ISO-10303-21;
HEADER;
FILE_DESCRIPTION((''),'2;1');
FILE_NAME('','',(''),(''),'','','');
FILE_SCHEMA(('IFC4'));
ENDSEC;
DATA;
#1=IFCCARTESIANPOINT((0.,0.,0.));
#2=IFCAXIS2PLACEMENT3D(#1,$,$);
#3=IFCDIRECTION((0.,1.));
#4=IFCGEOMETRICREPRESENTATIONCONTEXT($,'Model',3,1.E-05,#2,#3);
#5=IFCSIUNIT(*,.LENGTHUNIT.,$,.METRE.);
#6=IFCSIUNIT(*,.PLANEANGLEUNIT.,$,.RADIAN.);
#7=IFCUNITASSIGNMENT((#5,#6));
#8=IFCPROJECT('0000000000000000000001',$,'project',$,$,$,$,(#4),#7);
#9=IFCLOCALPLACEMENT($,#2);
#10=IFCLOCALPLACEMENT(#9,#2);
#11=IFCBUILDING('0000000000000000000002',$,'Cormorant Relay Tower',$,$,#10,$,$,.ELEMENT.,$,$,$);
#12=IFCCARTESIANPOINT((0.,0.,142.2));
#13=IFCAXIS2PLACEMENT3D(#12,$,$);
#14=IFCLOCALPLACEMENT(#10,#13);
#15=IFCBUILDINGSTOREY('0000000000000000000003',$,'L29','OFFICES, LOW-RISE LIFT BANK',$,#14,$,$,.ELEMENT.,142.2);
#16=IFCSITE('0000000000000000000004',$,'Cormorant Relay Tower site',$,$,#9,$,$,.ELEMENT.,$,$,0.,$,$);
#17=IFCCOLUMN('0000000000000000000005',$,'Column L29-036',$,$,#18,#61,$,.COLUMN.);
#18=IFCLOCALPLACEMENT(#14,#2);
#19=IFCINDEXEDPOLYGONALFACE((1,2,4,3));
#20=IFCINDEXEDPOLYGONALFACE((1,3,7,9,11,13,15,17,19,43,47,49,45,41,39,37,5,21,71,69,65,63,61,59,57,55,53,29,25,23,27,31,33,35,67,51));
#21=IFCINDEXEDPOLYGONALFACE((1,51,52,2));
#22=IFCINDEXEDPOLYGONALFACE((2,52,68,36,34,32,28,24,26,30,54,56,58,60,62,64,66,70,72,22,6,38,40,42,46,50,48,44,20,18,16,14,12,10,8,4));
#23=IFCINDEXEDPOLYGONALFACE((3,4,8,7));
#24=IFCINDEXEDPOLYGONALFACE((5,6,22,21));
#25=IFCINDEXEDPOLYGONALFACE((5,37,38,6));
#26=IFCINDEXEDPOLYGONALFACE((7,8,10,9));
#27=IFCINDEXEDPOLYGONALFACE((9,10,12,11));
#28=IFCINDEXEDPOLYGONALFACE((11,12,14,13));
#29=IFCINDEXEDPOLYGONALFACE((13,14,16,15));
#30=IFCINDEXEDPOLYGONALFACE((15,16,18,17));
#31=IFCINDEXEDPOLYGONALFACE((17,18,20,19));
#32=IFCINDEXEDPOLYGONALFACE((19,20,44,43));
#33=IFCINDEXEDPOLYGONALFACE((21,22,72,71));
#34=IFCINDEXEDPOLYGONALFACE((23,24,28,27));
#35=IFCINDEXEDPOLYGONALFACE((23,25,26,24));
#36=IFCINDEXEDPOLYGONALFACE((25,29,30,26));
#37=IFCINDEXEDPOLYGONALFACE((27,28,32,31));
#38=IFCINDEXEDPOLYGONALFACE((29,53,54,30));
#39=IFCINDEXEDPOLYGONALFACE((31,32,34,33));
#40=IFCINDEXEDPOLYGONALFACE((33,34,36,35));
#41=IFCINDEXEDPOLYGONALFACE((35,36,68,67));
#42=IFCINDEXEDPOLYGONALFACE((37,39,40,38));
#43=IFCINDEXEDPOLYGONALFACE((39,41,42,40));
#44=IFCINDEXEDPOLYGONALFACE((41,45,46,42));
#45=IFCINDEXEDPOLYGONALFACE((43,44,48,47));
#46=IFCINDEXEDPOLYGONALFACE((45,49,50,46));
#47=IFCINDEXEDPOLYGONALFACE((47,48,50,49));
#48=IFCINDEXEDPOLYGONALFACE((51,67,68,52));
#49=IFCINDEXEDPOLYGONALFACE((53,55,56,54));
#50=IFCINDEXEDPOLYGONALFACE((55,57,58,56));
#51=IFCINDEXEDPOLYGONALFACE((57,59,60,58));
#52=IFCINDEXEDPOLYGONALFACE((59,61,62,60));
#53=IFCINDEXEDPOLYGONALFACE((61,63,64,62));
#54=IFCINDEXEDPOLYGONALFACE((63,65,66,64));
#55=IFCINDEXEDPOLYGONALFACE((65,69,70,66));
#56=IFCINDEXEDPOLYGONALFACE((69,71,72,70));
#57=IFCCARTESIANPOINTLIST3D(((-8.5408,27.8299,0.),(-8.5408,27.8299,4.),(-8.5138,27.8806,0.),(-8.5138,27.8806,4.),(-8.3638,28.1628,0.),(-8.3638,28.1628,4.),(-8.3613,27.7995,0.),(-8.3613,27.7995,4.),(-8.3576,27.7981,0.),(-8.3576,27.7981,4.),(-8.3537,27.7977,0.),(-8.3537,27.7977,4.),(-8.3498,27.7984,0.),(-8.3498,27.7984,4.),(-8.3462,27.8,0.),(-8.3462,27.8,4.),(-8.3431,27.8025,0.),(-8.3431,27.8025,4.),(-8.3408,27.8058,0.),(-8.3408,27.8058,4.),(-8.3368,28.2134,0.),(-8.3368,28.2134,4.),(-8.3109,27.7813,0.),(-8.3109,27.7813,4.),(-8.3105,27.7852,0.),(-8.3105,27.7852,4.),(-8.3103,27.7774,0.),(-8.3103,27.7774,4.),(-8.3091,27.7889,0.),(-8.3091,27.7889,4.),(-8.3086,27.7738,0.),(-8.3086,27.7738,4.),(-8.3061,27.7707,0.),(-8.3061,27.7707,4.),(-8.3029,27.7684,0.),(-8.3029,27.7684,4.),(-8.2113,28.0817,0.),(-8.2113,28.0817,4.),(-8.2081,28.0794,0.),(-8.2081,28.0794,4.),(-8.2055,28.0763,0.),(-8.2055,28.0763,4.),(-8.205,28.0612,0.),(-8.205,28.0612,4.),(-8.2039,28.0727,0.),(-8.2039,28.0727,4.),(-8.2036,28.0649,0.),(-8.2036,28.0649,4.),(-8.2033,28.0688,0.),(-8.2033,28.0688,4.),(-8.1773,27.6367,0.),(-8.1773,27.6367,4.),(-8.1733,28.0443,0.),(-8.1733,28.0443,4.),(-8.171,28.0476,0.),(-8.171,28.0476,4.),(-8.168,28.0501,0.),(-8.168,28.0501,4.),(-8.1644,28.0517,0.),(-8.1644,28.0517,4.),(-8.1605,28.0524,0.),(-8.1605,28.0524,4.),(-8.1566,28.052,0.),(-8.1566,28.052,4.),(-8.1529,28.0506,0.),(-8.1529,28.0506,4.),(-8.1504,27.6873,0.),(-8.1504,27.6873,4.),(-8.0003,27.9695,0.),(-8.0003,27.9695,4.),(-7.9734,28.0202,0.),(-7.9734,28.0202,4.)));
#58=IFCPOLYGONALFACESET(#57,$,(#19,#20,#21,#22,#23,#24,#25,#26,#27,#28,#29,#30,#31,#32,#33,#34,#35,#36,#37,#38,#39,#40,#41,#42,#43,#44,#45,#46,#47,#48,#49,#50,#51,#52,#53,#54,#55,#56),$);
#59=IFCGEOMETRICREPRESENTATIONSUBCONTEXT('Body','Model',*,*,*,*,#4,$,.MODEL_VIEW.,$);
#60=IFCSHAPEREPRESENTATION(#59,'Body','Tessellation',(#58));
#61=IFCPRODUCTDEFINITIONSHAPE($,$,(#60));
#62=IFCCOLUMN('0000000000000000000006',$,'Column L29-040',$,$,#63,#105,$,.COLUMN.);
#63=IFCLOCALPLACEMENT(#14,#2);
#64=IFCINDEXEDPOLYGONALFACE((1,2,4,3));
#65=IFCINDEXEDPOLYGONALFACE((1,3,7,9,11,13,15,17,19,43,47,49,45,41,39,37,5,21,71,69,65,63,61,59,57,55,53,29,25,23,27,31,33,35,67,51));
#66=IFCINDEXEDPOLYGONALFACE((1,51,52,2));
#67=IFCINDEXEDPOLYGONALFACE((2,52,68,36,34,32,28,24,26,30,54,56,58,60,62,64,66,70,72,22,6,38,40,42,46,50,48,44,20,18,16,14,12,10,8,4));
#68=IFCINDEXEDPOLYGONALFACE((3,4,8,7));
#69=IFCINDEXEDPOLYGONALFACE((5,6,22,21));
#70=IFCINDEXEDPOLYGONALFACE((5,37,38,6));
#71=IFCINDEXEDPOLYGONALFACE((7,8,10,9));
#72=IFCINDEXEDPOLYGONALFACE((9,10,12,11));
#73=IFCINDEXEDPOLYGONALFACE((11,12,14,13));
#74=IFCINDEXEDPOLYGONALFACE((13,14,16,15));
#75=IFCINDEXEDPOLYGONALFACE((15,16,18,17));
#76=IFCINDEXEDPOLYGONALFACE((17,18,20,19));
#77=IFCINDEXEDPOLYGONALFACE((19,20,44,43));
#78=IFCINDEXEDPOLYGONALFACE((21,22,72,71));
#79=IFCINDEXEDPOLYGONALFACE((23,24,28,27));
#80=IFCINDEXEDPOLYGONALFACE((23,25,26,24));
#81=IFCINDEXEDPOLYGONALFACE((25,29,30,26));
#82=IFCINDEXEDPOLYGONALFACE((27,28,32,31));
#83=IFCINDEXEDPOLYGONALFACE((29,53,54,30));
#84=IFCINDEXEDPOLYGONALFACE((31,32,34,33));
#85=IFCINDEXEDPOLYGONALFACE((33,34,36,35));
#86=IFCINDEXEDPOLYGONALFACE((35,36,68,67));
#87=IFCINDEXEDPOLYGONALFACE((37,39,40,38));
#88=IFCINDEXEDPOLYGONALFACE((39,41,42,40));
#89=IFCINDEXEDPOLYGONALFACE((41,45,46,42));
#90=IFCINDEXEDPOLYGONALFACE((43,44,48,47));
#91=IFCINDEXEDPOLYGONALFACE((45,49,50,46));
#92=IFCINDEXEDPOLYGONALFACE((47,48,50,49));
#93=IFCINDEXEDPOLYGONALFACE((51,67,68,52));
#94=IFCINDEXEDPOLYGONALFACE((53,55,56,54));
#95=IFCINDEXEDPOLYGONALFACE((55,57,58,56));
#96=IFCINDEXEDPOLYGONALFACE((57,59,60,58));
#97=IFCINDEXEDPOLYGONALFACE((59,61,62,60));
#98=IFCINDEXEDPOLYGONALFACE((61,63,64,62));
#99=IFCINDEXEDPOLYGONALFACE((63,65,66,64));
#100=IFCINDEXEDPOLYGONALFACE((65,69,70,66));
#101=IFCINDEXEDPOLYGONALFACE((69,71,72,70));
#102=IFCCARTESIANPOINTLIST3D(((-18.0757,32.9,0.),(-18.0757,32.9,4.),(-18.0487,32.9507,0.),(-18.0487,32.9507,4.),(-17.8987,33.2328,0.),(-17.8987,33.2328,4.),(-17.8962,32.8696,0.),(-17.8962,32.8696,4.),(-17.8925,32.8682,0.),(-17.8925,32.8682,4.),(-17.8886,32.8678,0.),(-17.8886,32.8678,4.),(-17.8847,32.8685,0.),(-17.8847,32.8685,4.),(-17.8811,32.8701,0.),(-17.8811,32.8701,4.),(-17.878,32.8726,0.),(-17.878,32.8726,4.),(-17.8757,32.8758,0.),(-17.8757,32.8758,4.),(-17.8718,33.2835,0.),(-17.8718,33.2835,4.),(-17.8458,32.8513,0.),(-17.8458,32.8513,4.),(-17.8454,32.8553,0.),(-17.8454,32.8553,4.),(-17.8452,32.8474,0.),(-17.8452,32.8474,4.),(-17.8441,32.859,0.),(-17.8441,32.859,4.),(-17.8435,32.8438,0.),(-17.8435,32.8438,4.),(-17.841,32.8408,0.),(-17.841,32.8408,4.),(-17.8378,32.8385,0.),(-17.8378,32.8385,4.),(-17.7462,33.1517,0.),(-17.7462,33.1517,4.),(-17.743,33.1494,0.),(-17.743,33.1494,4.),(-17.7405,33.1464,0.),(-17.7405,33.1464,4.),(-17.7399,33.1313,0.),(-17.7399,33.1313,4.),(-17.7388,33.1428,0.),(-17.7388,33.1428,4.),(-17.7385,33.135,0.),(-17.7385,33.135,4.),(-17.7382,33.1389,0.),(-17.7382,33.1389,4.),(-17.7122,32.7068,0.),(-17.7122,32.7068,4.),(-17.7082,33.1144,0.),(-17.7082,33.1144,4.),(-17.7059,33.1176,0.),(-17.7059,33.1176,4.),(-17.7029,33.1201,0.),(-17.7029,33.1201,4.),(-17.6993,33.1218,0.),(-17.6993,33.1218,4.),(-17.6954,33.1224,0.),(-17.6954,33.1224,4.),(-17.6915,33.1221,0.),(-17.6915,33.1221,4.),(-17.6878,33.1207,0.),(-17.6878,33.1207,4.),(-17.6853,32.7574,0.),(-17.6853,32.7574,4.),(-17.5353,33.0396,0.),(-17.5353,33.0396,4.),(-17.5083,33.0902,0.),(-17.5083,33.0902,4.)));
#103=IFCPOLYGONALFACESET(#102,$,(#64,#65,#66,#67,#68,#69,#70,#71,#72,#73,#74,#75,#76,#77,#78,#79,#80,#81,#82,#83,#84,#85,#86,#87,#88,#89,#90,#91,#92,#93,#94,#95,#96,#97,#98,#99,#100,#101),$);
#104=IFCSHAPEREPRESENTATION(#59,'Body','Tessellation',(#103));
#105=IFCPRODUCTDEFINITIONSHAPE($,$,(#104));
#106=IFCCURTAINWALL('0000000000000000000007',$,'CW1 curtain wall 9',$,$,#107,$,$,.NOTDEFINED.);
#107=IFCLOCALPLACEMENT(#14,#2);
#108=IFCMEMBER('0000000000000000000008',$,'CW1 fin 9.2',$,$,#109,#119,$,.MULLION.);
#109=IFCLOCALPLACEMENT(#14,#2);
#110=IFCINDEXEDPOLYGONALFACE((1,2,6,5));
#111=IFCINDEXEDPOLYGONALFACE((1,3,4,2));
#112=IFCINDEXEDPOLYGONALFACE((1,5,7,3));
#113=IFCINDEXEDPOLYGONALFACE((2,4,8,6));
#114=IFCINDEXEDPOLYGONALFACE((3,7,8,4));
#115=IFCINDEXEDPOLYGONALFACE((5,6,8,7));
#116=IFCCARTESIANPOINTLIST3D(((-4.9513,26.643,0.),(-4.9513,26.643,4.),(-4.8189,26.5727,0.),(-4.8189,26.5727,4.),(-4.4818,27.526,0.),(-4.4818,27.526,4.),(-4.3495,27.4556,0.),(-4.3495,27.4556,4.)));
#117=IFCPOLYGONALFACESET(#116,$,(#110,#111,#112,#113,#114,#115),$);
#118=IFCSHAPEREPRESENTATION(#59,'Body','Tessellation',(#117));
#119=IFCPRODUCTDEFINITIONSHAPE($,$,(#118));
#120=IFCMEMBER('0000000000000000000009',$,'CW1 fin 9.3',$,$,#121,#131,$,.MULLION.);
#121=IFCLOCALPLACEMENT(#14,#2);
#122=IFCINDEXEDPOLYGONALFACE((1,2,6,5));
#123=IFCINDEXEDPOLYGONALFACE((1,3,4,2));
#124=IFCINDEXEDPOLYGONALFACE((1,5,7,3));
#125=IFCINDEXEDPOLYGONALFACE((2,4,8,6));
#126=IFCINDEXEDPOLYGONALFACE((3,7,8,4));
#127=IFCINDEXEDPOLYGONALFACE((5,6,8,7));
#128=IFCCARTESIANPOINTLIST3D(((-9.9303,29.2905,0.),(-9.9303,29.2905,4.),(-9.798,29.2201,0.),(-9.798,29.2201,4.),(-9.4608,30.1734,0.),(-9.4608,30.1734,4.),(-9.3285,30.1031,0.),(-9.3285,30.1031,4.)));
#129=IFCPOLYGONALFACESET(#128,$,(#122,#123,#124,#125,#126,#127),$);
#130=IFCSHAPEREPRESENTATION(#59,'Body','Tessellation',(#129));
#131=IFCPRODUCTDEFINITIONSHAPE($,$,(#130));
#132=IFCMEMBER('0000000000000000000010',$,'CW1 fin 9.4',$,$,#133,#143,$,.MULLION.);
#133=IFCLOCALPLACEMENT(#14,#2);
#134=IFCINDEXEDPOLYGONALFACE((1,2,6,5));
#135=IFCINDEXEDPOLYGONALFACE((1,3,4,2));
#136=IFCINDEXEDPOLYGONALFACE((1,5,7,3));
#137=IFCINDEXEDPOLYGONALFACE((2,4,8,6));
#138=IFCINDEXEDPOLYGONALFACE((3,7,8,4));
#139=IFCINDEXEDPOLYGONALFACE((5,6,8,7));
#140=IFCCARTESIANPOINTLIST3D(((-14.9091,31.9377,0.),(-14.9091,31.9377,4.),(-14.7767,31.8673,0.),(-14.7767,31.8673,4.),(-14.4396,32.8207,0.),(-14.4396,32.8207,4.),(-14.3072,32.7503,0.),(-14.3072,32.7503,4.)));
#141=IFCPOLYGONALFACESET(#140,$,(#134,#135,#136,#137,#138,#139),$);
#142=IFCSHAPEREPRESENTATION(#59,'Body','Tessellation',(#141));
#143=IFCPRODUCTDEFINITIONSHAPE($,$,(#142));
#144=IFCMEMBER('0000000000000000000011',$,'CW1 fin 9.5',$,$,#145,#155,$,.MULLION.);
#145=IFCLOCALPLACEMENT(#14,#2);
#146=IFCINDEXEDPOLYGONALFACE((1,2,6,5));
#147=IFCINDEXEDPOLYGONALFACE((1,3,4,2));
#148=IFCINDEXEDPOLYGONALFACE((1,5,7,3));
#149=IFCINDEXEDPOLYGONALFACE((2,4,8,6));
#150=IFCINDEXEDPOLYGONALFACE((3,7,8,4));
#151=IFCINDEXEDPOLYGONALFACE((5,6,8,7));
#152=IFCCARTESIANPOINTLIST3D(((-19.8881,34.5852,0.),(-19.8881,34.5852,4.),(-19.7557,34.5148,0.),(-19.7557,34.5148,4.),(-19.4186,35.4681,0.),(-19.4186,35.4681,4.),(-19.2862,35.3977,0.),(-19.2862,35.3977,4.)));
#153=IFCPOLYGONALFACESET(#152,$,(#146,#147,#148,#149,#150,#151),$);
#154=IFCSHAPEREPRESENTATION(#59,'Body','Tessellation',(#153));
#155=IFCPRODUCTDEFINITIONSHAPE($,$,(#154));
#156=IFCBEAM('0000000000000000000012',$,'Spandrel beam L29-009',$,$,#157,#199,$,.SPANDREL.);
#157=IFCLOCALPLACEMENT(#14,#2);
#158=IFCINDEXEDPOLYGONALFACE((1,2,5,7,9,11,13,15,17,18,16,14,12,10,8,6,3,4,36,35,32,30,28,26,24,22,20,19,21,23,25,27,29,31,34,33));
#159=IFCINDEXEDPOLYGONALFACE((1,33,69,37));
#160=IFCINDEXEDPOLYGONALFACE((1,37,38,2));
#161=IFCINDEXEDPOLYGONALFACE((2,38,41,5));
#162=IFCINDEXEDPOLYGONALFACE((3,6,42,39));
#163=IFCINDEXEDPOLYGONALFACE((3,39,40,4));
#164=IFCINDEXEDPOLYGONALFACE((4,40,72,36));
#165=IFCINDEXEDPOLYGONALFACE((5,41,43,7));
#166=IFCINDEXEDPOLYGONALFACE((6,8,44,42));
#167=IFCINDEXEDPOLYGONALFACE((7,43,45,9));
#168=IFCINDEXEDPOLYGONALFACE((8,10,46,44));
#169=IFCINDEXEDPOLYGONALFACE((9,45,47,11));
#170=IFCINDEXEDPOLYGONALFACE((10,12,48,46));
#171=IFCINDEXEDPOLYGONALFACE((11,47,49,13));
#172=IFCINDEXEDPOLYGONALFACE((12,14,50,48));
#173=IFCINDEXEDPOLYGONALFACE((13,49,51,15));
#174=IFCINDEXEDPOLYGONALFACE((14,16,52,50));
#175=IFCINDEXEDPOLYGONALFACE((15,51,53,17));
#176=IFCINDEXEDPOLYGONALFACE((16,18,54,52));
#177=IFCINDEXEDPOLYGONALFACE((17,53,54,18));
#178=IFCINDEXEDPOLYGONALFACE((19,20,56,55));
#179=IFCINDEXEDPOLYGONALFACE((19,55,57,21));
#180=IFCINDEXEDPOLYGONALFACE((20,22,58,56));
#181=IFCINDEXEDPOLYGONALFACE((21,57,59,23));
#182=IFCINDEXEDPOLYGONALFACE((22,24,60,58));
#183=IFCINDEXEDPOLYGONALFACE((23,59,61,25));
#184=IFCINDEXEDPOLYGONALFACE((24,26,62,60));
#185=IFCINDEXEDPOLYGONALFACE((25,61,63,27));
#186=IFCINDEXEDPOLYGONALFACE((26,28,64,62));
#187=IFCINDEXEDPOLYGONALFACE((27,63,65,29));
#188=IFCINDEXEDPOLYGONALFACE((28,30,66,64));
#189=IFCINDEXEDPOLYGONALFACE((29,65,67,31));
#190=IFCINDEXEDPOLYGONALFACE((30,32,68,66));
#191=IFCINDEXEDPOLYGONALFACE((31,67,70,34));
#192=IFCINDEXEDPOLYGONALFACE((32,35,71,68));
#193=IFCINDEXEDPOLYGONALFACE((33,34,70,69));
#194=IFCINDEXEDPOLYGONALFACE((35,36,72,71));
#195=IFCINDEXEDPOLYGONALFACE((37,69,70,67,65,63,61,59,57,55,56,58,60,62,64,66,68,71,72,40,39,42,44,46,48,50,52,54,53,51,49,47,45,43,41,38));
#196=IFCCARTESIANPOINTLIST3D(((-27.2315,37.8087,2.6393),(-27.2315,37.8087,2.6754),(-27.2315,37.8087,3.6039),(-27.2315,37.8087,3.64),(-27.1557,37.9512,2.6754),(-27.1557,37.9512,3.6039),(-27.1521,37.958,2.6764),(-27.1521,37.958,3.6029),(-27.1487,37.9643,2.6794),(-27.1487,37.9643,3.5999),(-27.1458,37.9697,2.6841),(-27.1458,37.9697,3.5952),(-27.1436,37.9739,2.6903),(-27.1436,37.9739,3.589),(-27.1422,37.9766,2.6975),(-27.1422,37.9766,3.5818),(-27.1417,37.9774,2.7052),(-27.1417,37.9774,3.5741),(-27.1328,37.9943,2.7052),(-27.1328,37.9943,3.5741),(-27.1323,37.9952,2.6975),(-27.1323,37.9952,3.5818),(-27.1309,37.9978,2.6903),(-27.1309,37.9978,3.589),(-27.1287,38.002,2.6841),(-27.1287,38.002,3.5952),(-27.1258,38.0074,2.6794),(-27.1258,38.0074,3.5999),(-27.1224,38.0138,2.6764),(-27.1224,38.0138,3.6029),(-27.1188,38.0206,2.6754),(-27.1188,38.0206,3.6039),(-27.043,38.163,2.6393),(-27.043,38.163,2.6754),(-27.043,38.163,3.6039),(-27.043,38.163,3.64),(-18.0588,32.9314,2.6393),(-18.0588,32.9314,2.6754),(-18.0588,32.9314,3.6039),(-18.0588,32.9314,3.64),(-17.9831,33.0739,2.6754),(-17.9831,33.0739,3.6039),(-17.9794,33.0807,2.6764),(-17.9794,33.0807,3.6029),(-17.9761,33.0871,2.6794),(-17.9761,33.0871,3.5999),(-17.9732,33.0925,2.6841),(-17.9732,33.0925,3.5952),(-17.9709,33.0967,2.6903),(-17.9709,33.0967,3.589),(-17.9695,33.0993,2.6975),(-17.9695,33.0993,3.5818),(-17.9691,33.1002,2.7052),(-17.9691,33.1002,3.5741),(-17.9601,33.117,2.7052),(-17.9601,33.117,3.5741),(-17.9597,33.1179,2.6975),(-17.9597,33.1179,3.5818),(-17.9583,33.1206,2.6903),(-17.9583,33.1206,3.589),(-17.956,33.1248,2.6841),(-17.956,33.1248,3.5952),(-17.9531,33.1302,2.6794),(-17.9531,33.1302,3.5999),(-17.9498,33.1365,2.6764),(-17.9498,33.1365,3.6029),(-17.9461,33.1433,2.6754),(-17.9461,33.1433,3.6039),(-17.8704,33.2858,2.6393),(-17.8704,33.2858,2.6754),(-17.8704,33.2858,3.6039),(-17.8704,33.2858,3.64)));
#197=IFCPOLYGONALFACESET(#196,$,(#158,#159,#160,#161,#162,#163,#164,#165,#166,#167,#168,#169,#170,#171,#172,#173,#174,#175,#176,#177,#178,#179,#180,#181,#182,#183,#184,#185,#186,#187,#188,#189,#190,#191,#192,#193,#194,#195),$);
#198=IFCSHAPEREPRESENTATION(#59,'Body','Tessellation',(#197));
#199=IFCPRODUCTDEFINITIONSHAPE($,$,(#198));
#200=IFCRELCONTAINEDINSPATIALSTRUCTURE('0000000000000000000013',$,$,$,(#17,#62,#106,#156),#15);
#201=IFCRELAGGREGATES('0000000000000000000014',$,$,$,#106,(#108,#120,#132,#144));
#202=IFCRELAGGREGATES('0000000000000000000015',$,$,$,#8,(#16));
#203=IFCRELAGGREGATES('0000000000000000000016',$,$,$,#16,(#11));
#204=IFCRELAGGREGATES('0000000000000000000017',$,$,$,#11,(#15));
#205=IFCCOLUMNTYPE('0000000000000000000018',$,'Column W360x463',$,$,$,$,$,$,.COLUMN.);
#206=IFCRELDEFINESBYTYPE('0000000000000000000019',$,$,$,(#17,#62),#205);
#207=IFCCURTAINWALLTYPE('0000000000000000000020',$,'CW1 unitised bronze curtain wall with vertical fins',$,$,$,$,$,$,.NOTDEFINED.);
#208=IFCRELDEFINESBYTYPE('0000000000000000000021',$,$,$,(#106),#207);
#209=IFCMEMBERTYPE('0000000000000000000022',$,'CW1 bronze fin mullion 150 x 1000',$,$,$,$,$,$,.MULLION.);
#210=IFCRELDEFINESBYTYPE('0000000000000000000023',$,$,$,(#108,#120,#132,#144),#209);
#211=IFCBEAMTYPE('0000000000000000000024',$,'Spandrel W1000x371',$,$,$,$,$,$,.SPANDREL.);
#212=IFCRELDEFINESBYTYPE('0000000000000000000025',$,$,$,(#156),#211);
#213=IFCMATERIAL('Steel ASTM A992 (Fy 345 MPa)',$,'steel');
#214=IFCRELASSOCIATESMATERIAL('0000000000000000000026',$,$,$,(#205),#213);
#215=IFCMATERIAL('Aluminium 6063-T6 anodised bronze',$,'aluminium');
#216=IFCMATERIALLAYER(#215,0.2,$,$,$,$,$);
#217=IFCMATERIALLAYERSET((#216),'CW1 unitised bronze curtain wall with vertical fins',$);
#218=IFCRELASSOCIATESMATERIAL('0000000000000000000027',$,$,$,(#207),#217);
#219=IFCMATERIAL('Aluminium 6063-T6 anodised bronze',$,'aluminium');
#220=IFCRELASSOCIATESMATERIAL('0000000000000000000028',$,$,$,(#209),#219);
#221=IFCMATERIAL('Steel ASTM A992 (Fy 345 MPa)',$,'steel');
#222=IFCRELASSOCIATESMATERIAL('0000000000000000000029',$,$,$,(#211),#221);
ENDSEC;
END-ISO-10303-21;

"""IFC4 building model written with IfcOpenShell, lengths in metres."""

from ifc_helpers import new_model, si_unit, direction, frame, origin, origin_2d, place, context, subcontext, project, spatial, rectangle, i_section, extrude, material, layer, layer_set, material_profile, profile_set, type_object, element, aggregate, save


model = new_model("IFC4")

# Units and contexts
model_context = context("Model", 3, precision=1e-05, world=origin(), true_north=direction((0.0, 1.0)))
body_context = subcontext(model_context, "Body", "Model", "MODEL_VIEW")
ifc_project = project(units=[si_unit("LENGTHUNIT", "METRE"), si_unit("PLANEANGLEUNIT", "RADIAN")], contexts=[model_context])

# Site, building, storey
site_placement = place(None, origin())
site = spatial("IfcSite", under=ifc_project, at=site_placement, Name="Cormorant Relay Tower site", CompositionType="ELEMENT", RefElevation=0.0)
building_placement = place(site_placement, origin())
building = spatial("IfcBuilding", under=site, at=building_placement, Name="Cormorant Relay Tower", CompositionType="ELEMENT")
storey_placement = place(building_placement, frame((0.0, 0.0, 142.2)))
storey = spatial("IfcBuildingStorey", under=building, at=storey_placement, Name="L29", Description="OFFICES, LOW-RISE LIFT BANK", CompositionType="ELEMENT", Elevation=142.2)

# Columns
ifc_material_1 = material(Name="Steel ASTM A992 (Fy 345 MPa)", Category="steel")
ifc_material_profile_1 = material_profile(ifc_material_1, i_section(OverallWidth=0.4116, OverallDepth=0.4343, WebThickness=0.0359, FlangeThickness=0.0574, FilletRadius=0.0151, at=origin_2d()), Name="W360x463")
ifc_profile_set_1 = profile_set([ifc_material_profile_1], Name="Steel ASTM A992 (Fy 345 MPa)")
column_type = type_object("IfcColumnType", Name="Column W360x463", PredefinedType="COLUMN", material=ifc_profile_set_1)
for number, where, z_axis, x_axis, name in (
    (1, (-8.2571, 27.925, 0.0), (0.0, 0.0, 1.0), (-0.882948, 0.469472, 0.0), "Column L29-036"),
    (2, (-17.792, 32.9951, 0.0), (0.0, 0.0, 1.0), (-0.882948, 0.469472, 0.0), "Column L29-040"),
):
    element("IfcColumn", number, at=place(storey_placement, frame(where, z_axis=z_axis, x_axis=x_axis)), inside=storey, type_object=column_type, Name=name, PredefinedType="COLUMN", context=body_context, shape_type="SweptSolid", body=[
        extrude(i_section(OverallWidth=0.4116, OverallDepth=0.4343, WebThickness=0.0359, FlangeThickness=0.0574, FilletRadius=0.0151, at=origin_2d()), origin(), (0.0, 0.0, 1.0), 4.0),
    ])

# Curtain wall, members
ifc_material_2 = material(Name="Aluminium 6063-T6 anodised bronze", Category="aluminium")
ifc_layer_1 = layer(ifc_material_2, 0.2)
ifc_layer_set_1 = layer_set([ifc_layer_1], Name="CW1 unitised bronze curtain wall with vertical fins")
curtain_wall_type = type_object("IfcCurtainWallType", Name="CW1 unitised bronze curtain wall with vertical fins", PredefinedType="NOTDEFINED", material=ifc_layer_set_1)
curtain_wall_placement = place(storey_placement, origin())
curtain_wall = element("IfcCurtainWall", 3, at=curtain_wall_placement, inside=storey, type_object=curtain_wall_type, Name="CW1 curtain wall 9", PredefinedType="NOTDEFINED")
ifc_material_3 = material(Name="Aluminium 6063-T6 anodised bronze", Category="aluminium")
ifc_material_profile_2 = material_profile(ifc_material_3, rectangle(XDim=0.1499, YDim=1.0, at=origin_2d()), Name="AL 150x1000")
ifc_profile_set_2 = profile_set([ifc_material_profile_2], Name="Aluminium 6063-T6 anodised bronze")
member_type = type_object("IfcMemberType", Name="CW1 bronze fin mullion 150 x 1000", PredefinedType="MULLION", material=ifc_profile_set_2)
member_1_placement = place(storey_placement, frame((-4.6504, 27.0493, 0.0), z_axis=(0.0, 0.0, 1.0), x_axis=(-0.882948, 0.469472, 0.0)))
member_1 = element("IfcMember", 4, at=member_1_placement, type_object=member_type, Name="CW1 fin 9.2", PredefinedType="MULLION", context=body_context, shape_type="SweptSolid", body=[
    extrude(rectangle(XDim=0.1499, YDim=1.0, at=origin_2d()), origin(), (0.0, 0.0, 1.0), 4.0),
])
member_2_placement = place(storey_placement, frame((-9.6294, 29.6968, 0.0), z_axis=(0.0, 0.0, 1.0), x_axis=(-0.882948, 0.469472, 0.0)))
member_2 = element("IfcMember", 5, at=member_2_placement, type_object=member_type, Name="CW1 fin 9.3", PredefinedType="MULLION", context=body_context, shape_type="SweptSolid", body=[
    extrude(rectangle(XDim=0.1499, YDim=1.0, at=origin_2d()), origin(), (0.0, 0.0, 1.0), 4.0),
])
member_3_placement = place(storey_placement, frame((-14.6082, 32.344, 0.0), z_axis=(0.0, 0.0, 1.0), x_axis=(-0.882948, 0.469472, 0.0)))
member_3 = element("IfcMember", 6, at=member_3_placement, type_object=member_type, Name="CW1 fin 9.4", PredefinedType="MULLION", context=body_context, shape_type="SweptSolid", body=[
    extrude(rectangle(XDim=0.1499, YDim=1.0, at=origin_2d()), origin(), (0.0, 0.0, 1.0), 4.0),
])
member_4_placement = place(storey_placement, frame((-19.5872, 34.9915, 0.0), z_axis=(0.0, 0.0, 1.0), x_axis=(-0.882948, 0.469472, 0.0)))
member_4 = element("IfcMember", 7, at=member_4_placement, type_object=member_type, Name="CW1 fin 9.5", PredefinedType="MULLION", context=body_context, shape_type="SweptSolid", body=[
    extrude(rectangle(XDim=0.1499, YDim=1.0, at=origin_2d()), origin(), (0.0, 0.0, 1.0), 4.0),
])

# Beam
ifc_material_4 = material(Name="Steel ASTM A992 (Fy 345 MPa)", Category="steel")
ifc_material_profile_3 = material_profile(ifc_material_4, i_section(OverallWidth=0.4014, OverallDepth=1.0007, WebThickness=0.019, FlangeThickness=0.0361, FilletRadius=0.0298, at=origin_2d()), Name="W1000x371")
ifc_profile_set_3 = profile_set([ifc_material_profile_3], Name="Steel ASTM A992 (Fy 345 MPa)")
beam_type_1 = type_object("IfcBeamType", Name="Spandrel W1000x371", PredefinedType="SPANDREL", material=ifc_profile_set_3)
beam_1_placement = place(storey_placement, frame((-17.9646, 33.1086, 3.1396), z_axis=(-0.882946, 0.469474, 0.0), x_axis=(-0.469474, -0.882946, 0.0)))
element("IfcBeam", 8, at=beam_1_placement, inside=storey, type_object=beam_type_1, Name="Spandrel beam L29-009", PredefinedType="SPANDREL", context=body_context, shape_type="SweptSolid", body=[
    extrude(i_section(OverallWidth=0.4014, OverallDepth=1.0007, WebThickness=0.019, FlangeThickness=0.0361, FilletRadius=0.0298, at=origin_2d()), origin(), (0.0, 0.0, 1.0), 10.3887),
])

aggregate(curtain_wall, [member_1, member_2, member_3, member_4])

save(model, "model.ifc")
